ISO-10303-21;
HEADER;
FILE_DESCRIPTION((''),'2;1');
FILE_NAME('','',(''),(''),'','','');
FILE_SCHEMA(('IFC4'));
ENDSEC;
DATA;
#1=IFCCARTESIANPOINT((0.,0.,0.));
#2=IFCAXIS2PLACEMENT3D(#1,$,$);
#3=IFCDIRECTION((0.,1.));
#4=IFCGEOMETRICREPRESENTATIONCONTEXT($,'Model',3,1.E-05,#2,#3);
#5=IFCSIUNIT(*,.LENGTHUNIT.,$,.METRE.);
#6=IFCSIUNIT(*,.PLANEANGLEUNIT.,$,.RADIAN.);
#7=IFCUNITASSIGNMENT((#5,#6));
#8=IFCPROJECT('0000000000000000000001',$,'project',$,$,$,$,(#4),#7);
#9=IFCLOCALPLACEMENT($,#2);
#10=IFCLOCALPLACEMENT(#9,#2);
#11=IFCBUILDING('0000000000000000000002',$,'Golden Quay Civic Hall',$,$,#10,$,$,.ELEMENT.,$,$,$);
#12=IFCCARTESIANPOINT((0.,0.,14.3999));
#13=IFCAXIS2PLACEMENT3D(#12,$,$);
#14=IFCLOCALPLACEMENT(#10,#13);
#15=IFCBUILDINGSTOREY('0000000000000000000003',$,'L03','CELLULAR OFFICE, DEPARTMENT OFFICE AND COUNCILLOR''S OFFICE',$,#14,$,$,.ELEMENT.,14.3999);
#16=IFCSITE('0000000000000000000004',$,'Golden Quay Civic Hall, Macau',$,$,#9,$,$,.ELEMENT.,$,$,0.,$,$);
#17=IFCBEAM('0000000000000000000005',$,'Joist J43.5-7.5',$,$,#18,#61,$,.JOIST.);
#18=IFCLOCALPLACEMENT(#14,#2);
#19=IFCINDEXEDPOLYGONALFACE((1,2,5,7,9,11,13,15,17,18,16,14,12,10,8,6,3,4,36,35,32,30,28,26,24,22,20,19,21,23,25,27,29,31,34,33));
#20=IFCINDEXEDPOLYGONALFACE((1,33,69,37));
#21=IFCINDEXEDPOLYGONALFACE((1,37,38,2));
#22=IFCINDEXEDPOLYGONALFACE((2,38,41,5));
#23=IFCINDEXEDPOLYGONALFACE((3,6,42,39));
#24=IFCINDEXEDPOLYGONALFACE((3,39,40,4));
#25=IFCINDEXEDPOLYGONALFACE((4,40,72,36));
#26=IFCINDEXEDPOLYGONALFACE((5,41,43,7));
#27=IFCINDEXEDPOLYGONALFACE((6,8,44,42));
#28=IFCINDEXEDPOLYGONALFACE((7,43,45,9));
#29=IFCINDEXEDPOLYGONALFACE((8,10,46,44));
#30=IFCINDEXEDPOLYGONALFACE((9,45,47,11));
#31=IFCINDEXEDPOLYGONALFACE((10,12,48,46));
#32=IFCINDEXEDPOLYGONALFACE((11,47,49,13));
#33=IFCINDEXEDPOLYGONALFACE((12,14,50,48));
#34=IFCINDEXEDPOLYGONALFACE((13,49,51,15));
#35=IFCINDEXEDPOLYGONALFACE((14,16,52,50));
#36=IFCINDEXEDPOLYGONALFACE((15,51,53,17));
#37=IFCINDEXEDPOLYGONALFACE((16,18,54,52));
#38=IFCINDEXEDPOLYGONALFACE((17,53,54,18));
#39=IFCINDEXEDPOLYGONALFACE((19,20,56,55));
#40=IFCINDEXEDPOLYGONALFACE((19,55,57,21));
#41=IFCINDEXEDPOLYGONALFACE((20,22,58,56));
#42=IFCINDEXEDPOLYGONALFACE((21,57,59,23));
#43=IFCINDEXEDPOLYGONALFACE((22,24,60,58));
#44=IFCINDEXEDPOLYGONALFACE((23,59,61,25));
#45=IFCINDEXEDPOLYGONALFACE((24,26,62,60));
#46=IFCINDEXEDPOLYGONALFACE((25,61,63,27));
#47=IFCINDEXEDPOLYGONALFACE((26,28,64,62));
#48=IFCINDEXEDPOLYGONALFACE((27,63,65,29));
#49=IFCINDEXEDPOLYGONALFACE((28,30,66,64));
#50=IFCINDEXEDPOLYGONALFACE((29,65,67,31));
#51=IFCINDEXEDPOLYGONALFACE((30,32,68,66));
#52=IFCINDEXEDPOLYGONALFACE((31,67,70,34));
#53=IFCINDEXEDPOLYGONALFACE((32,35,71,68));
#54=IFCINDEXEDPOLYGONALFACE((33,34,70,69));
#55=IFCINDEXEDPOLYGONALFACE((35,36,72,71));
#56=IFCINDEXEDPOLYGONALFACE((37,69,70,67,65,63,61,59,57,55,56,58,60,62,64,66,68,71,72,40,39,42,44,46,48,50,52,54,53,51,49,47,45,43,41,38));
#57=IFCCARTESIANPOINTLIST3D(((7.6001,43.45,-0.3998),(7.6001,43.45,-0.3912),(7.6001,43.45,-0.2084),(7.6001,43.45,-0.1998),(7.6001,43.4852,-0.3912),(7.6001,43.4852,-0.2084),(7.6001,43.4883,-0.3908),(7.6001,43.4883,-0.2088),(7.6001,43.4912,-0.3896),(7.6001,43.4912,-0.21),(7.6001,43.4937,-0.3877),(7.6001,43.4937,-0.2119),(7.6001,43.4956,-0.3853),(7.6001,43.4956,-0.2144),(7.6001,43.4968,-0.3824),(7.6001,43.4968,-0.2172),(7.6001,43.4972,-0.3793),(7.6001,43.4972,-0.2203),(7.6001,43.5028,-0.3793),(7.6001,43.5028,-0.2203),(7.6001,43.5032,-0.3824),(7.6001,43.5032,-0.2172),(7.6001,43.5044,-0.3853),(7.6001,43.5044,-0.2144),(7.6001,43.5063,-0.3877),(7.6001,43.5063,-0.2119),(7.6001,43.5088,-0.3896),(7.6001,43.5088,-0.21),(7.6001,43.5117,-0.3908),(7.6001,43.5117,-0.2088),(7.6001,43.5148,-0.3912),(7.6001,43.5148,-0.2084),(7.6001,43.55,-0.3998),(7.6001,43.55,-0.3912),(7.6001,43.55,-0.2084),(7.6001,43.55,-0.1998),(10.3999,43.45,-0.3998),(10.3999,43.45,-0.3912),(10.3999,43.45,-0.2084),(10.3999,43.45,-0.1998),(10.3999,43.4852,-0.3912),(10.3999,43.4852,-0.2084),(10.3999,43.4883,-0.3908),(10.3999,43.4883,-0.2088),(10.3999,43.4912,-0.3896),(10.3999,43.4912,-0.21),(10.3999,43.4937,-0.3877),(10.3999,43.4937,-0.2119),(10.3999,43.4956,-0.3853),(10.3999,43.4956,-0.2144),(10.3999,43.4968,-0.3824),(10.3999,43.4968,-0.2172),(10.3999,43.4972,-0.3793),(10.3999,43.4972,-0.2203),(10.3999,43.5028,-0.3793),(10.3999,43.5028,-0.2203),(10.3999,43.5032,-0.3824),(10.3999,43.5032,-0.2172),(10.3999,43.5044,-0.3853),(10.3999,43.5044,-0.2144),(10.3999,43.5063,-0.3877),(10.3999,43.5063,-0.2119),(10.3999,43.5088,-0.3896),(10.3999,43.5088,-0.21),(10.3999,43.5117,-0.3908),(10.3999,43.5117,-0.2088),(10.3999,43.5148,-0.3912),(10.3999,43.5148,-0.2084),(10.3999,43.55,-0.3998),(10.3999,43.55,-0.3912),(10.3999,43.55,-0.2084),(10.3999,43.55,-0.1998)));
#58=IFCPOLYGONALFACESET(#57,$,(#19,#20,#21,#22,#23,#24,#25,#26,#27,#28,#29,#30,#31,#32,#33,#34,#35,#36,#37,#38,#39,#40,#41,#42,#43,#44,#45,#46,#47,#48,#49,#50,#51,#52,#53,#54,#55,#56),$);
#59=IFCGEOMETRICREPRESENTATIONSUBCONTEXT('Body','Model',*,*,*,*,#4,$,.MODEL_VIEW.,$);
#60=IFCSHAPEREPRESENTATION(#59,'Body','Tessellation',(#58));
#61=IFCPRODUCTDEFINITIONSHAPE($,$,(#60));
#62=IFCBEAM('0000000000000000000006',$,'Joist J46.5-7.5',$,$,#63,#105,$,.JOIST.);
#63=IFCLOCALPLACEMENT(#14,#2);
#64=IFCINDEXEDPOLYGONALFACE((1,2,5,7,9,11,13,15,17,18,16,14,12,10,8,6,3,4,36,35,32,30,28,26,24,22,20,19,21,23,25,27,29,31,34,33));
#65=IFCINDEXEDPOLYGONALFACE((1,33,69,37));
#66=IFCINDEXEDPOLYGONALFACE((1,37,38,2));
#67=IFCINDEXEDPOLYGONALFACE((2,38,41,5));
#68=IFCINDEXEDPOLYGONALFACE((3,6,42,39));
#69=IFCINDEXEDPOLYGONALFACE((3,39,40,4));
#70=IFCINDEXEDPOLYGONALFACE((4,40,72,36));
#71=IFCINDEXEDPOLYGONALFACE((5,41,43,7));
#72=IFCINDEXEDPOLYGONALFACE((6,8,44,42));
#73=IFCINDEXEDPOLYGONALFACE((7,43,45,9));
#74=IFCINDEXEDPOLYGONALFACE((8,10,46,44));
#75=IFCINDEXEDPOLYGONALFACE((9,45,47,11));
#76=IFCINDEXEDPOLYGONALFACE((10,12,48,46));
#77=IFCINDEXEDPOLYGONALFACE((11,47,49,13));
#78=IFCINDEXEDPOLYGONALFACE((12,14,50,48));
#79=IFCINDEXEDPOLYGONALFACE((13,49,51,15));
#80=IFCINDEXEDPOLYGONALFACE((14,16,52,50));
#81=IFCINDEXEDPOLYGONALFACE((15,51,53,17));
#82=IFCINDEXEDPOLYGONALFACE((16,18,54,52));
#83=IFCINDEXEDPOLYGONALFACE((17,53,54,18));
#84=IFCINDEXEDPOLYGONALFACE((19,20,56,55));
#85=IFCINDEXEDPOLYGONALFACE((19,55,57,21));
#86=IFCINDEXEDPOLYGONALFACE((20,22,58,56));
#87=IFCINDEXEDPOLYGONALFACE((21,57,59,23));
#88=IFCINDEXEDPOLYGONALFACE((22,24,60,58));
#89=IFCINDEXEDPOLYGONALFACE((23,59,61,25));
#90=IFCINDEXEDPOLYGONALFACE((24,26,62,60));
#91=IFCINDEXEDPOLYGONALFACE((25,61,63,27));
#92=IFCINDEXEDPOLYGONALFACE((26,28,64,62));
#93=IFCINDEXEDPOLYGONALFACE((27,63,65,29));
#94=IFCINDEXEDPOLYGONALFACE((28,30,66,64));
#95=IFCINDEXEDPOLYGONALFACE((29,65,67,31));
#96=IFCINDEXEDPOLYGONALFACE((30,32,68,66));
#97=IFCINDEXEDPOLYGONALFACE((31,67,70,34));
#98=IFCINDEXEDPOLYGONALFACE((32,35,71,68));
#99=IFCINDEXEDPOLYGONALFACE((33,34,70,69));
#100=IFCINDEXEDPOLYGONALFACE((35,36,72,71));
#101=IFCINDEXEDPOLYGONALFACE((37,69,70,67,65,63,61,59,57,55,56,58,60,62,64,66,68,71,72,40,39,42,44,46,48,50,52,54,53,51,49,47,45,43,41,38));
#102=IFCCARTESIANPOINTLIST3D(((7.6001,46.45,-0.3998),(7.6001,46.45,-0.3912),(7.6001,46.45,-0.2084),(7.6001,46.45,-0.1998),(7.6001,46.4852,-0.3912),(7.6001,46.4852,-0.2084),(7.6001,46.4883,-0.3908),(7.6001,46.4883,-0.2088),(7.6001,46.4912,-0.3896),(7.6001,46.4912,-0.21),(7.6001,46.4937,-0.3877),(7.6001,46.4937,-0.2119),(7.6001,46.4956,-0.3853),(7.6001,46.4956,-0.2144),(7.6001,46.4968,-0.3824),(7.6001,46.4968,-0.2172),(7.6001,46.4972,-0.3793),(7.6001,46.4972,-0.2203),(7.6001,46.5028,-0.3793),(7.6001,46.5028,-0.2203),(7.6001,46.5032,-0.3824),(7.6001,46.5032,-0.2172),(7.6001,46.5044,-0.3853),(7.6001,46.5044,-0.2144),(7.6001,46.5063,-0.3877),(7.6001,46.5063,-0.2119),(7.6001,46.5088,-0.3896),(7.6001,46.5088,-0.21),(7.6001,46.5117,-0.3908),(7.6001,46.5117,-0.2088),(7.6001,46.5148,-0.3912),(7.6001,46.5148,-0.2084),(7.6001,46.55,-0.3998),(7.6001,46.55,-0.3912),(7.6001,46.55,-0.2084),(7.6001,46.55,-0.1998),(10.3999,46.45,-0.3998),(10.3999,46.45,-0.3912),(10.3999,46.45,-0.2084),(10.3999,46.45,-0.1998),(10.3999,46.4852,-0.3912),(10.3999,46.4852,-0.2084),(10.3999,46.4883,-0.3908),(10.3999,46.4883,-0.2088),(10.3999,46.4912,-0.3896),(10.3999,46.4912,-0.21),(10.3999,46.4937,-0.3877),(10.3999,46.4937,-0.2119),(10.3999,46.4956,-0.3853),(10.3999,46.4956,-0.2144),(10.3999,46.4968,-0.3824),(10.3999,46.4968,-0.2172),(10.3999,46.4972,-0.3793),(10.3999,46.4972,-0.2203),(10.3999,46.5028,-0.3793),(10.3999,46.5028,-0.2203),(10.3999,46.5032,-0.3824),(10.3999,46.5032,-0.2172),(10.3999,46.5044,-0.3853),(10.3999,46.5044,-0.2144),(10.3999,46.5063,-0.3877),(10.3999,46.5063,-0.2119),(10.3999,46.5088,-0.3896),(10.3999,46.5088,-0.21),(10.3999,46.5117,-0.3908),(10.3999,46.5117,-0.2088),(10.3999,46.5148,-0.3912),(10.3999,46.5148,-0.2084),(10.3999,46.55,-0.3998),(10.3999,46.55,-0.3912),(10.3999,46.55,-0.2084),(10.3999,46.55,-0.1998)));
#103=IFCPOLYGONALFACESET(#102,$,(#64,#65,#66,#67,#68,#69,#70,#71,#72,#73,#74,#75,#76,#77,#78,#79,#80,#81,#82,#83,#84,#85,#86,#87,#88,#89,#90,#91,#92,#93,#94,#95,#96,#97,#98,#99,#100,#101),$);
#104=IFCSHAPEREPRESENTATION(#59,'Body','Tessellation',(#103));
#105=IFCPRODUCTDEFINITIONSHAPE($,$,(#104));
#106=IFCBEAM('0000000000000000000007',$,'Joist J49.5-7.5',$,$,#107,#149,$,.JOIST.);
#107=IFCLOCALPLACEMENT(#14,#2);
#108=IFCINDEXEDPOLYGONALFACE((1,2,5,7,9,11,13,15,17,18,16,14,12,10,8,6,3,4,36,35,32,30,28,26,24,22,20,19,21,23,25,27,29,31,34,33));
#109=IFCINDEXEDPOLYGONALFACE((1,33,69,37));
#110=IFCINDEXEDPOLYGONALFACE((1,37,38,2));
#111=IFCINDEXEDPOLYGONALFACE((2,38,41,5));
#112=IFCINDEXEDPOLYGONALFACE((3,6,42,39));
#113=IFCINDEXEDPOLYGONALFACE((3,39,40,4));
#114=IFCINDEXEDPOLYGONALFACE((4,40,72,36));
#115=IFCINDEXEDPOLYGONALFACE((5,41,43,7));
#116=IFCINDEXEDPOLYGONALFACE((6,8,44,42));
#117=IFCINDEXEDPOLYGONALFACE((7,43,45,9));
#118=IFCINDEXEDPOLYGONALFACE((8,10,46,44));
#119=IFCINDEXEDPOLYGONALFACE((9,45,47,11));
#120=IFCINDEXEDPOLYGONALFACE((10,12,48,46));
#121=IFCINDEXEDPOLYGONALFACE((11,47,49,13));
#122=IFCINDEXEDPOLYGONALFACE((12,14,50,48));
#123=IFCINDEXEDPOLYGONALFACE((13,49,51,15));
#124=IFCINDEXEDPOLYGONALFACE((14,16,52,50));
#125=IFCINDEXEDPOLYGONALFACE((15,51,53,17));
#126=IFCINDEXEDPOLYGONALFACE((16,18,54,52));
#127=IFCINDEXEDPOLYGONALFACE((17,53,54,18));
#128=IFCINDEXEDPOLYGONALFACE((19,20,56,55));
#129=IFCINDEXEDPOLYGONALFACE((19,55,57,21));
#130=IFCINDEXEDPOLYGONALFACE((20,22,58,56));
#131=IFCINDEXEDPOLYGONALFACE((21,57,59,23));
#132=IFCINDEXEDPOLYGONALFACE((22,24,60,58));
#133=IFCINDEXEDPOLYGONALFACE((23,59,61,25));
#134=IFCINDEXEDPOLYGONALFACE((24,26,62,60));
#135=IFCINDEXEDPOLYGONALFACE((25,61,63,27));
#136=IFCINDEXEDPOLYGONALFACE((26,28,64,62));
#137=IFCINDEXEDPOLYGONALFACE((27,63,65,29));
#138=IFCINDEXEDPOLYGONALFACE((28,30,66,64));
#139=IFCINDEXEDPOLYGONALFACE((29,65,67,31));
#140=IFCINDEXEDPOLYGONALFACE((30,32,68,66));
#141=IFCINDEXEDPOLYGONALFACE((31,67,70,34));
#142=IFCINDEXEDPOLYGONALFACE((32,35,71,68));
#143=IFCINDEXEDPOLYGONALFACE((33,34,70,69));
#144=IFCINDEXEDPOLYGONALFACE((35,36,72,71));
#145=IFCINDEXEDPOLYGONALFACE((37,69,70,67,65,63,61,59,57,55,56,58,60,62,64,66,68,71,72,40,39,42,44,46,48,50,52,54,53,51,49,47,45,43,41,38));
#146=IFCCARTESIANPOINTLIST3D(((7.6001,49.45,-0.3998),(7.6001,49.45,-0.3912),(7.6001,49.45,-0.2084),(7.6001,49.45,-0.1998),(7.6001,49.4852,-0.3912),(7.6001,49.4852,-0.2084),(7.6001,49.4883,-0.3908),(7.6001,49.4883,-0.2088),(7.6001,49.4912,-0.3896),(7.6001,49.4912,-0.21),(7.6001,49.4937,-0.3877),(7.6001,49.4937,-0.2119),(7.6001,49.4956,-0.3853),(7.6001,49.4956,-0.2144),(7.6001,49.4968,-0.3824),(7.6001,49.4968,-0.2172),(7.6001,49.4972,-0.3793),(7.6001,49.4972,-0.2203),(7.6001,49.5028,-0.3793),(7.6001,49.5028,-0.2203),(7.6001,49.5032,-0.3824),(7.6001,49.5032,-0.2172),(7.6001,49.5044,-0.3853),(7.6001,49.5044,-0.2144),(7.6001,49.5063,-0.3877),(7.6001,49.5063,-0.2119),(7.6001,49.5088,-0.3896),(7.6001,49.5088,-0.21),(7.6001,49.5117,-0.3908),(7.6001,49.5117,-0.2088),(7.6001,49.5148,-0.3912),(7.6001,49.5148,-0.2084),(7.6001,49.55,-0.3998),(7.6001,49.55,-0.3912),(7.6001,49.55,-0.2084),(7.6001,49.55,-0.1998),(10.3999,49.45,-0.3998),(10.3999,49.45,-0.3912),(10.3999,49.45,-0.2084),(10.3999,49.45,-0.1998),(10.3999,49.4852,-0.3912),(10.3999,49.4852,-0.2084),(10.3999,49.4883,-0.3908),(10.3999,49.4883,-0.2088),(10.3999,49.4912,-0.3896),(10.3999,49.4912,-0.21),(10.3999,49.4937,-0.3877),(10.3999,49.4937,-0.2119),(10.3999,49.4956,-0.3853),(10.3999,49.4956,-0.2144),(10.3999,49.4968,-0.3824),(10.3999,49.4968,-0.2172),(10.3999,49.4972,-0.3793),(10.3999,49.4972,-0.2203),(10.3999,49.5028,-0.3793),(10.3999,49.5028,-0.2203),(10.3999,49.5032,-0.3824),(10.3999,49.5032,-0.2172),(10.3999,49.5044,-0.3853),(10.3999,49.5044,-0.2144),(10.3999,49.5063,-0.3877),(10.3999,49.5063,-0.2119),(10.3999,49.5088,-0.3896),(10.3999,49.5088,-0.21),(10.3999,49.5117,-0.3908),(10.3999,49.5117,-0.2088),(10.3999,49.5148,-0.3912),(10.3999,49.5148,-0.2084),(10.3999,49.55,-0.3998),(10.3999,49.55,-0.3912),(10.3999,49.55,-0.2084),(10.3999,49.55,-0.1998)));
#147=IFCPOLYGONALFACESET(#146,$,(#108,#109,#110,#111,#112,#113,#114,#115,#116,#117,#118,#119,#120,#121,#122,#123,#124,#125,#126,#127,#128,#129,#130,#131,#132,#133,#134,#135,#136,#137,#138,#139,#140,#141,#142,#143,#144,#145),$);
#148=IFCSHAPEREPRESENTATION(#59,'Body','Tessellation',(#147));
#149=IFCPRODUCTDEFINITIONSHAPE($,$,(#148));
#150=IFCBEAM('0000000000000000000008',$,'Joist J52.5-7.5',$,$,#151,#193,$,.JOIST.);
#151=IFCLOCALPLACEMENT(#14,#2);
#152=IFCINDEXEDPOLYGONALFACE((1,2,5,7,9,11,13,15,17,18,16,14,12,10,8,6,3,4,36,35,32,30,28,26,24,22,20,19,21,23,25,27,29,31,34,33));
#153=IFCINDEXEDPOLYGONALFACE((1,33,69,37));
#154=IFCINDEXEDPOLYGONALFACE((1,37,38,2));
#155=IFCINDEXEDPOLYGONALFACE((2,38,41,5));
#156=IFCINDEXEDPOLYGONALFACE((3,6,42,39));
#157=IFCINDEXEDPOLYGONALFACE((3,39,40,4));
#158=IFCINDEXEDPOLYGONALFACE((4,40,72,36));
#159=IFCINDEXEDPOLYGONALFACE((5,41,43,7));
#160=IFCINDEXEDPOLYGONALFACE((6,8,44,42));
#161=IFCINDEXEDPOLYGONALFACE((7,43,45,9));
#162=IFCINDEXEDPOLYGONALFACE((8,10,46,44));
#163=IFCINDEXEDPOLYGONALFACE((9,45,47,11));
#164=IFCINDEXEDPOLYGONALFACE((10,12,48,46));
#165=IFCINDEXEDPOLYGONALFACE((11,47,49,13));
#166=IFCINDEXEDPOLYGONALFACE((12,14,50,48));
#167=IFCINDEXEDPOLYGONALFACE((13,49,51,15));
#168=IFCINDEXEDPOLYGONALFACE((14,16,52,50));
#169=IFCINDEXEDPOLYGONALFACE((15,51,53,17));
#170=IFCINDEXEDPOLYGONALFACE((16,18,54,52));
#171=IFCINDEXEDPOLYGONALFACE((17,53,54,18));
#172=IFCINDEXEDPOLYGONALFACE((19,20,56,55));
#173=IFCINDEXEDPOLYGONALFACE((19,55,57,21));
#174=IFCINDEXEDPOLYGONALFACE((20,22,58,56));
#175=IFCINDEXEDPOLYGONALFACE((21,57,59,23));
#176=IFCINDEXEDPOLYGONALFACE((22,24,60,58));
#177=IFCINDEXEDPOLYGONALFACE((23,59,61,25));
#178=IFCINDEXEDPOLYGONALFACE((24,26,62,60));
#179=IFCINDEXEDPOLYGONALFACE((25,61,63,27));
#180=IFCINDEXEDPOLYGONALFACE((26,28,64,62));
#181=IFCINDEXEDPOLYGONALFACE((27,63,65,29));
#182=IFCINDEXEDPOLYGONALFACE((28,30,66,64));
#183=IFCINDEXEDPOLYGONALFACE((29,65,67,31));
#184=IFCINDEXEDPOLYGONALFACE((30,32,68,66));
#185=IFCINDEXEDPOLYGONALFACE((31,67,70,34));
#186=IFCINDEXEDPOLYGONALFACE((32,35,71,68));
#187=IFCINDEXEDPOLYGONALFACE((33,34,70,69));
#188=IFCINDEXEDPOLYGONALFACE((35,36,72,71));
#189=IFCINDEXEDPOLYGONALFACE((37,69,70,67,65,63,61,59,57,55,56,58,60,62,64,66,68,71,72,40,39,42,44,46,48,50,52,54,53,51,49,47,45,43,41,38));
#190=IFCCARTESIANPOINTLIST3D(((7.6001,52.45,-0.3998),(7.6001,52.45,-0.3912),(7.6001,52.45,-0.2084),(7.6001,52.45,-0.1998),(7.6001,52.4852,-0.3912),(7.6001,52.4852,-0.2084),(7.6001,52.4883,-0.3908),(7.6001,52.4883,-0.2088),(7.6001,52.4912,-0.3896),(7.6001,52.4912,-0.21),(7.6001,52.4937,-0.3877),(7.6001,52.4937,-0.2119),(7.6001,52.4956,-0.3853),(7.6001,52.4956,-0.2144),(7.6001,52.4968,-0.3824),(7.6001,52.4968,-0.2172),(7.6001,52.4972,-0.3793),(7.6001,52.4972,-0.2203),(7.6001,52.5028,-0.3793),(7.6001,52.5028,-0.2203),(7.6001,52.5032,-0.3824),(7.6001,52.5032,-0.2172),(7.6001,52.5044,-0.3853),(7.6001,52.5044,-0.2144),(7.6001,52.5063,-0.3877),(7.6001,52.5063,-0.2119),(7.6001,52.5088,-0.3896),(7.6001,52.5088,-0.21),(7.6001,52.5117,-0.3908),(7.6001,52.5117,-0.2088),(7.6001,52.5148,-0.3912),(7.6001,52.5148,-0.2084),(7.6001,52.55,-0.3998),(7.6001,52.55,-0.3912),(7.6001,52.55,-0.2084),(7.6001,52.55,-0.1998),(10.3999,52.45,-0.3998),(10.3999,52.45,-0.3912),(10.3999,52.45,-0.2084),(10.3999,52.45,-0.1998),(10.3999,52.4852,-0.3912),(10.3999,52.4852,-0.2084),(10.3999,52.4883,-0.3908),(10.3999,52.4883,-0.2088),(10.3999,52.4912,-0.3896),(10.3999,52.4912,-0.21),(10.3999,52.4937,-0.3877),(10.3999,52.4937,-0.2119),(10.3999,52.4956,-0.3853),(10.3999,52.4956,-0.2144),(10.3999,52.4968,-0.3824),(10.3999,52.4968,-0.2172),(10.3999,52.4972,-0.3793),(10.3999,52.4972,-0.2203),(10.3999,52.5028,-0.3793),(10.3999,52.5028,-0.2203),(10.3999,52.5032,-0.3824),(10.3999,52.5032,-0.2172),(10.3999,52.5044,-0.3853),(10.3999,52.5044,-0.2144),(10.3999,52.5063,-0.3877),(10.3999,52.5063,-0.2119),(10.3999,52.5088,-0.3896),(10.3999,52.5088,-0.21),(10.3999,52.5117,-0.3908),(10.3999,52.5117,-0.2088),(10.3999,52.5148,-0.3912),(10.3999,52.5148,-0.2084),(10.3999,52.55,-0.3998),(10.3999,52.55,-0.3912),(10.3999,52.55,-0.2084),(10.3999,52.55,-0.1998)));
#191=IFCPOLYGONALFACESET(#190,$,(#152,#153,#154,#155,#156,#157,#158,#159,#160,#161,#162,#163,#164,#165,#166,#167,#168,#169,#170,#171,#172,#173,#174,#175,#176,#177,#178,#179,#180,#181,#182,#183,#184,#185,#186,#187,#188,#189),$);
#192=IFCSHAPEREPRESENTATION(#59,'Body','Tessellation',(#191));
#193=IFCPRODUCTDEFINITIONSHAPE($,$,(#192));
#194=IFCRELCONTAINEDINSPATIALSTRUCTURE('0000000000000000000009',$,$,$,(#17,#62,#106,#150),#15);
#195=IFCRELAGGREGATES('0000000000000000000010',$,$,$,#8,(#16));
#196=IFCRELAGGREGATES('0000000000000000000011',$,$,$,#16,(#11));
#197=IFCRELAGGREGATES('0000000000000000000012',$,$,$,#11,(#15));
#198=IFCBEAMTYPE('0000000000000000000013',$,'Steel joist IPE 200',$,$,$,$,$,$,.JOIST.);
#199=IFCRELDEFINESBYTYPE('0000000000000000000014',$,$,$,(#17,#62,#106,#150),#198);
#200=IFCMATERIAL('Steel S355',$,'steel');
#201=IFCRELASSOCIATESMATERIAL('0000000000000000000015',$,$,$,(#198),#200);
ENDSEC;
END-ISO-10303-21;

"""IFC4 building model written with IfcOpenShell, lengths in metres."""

from ifc_helpers import new_model, si_unit, direction, frame, origin, origin_2d, place, context, subcontext, project, spatial, i_section, extrude, material, material_profile, profile_set, type_object, element, save


model = new_model("IFC4")

# Units and contexts
model_context = context("Model", 3, precision=1e-05, world=origin(), true_north=direction((0.0, 1.0)))
body_context = subcontext(model_context, "Body", "Model", "MODEL_VIEW")
ifc_project = project(units=[si_unit("LENGTHUNIT", "METRE"), si_unit("PLANEANGLEUNIT", "RADIAN")], contexts=[model_context])

# Site, building, storey
site_placement = place(None, origin())
site = spatial("IfcSite", under=ifc_project, at=site_placement, Name="Golden Quay Civic Hall, Macau", CompositionType="ELEMENT", RefElevation=0.0)
building_placement = place(site_placement, origin())
building = spatial("IfcBuilding", under=site, at=building_placement, Name="Golden Quay Civic Hall", CompositionType="ELEMENT")
storey_placement = place(building_placement, frame((0.0, 0.0, 14.3999)))
storey = spatial("IfcBuildingStorey", under=building, at=storey_placement, Name="L03", Description="CELLULAR OFFICE, DEPARTMENT OFFICE AND COUNCILLOR'S OFFICE", CompositionType="ELEMENT", Elevation=14.3999)

# Beams
ifc_material_1 = material(Name="Steel S355", Category="steel")
ifc_material_profile_1 = material_profile(ifc_material_1, i_section(OverallWidth=0.1001, OverallDepth=0.2, WebThickness=0.0056, FlangeThickness=0.0085, FilletRadius=0.012, at=origin_2d()), Name="IPE 200")
ifc_profile_set_1 = profile_set([ifc_material_profile_1], Name="Steel S355")
beam_type_1 = type_object("IfcBeamType", Name="Steel joist IPE 200", PredefinedType="JOIST", material=ifc_profile_set_1)
for number, where, z_axis, x_axis, name in (
    (1, (7.6001, 43.5, -0.2998), (1.0, 0.0, 0.0), (0.0, 1.0, 0.0), "Joist J43.5-7.5"),
    (2, (7.6001, 46.5, -0.2998), (1.0, 0.0, 0.0), (0.0, 1.0, 0.0), "Joist J46.5-7.5"),
    (3, (7.6001, 49.5, -0.2998), (1.0, 0.0, 0.0), (0.0, 1.0, 0.0), "Joist J49.5-7.5"),
    (4, (7.6001, 52.5, -0.2998), (1.0, 0.0, 0.0), (0.0, 1.0, 0.0), "Joist J52.5-7.5"),
):
    element("IfcBeam", number, at=place(storey_placement, frame(where, z_axis=z_axis, x_axis=x_axis)), inside=storey, type_object=beam_type_1, Name=name, PredefinedType="JOIST", context=body_context, shape_type="SweptSolid", body=[
        extrude(i_section(OverallWidth=0.1001, OverallDepth=0.2, WebThickness=0.0056, FlangeThickness=0.0085, FilletRadius=0.012, at=origin_2d()), origin(), (0.0, 0.0, 1.0), 2.7998),
    ])

save(model, "model.ifc")
